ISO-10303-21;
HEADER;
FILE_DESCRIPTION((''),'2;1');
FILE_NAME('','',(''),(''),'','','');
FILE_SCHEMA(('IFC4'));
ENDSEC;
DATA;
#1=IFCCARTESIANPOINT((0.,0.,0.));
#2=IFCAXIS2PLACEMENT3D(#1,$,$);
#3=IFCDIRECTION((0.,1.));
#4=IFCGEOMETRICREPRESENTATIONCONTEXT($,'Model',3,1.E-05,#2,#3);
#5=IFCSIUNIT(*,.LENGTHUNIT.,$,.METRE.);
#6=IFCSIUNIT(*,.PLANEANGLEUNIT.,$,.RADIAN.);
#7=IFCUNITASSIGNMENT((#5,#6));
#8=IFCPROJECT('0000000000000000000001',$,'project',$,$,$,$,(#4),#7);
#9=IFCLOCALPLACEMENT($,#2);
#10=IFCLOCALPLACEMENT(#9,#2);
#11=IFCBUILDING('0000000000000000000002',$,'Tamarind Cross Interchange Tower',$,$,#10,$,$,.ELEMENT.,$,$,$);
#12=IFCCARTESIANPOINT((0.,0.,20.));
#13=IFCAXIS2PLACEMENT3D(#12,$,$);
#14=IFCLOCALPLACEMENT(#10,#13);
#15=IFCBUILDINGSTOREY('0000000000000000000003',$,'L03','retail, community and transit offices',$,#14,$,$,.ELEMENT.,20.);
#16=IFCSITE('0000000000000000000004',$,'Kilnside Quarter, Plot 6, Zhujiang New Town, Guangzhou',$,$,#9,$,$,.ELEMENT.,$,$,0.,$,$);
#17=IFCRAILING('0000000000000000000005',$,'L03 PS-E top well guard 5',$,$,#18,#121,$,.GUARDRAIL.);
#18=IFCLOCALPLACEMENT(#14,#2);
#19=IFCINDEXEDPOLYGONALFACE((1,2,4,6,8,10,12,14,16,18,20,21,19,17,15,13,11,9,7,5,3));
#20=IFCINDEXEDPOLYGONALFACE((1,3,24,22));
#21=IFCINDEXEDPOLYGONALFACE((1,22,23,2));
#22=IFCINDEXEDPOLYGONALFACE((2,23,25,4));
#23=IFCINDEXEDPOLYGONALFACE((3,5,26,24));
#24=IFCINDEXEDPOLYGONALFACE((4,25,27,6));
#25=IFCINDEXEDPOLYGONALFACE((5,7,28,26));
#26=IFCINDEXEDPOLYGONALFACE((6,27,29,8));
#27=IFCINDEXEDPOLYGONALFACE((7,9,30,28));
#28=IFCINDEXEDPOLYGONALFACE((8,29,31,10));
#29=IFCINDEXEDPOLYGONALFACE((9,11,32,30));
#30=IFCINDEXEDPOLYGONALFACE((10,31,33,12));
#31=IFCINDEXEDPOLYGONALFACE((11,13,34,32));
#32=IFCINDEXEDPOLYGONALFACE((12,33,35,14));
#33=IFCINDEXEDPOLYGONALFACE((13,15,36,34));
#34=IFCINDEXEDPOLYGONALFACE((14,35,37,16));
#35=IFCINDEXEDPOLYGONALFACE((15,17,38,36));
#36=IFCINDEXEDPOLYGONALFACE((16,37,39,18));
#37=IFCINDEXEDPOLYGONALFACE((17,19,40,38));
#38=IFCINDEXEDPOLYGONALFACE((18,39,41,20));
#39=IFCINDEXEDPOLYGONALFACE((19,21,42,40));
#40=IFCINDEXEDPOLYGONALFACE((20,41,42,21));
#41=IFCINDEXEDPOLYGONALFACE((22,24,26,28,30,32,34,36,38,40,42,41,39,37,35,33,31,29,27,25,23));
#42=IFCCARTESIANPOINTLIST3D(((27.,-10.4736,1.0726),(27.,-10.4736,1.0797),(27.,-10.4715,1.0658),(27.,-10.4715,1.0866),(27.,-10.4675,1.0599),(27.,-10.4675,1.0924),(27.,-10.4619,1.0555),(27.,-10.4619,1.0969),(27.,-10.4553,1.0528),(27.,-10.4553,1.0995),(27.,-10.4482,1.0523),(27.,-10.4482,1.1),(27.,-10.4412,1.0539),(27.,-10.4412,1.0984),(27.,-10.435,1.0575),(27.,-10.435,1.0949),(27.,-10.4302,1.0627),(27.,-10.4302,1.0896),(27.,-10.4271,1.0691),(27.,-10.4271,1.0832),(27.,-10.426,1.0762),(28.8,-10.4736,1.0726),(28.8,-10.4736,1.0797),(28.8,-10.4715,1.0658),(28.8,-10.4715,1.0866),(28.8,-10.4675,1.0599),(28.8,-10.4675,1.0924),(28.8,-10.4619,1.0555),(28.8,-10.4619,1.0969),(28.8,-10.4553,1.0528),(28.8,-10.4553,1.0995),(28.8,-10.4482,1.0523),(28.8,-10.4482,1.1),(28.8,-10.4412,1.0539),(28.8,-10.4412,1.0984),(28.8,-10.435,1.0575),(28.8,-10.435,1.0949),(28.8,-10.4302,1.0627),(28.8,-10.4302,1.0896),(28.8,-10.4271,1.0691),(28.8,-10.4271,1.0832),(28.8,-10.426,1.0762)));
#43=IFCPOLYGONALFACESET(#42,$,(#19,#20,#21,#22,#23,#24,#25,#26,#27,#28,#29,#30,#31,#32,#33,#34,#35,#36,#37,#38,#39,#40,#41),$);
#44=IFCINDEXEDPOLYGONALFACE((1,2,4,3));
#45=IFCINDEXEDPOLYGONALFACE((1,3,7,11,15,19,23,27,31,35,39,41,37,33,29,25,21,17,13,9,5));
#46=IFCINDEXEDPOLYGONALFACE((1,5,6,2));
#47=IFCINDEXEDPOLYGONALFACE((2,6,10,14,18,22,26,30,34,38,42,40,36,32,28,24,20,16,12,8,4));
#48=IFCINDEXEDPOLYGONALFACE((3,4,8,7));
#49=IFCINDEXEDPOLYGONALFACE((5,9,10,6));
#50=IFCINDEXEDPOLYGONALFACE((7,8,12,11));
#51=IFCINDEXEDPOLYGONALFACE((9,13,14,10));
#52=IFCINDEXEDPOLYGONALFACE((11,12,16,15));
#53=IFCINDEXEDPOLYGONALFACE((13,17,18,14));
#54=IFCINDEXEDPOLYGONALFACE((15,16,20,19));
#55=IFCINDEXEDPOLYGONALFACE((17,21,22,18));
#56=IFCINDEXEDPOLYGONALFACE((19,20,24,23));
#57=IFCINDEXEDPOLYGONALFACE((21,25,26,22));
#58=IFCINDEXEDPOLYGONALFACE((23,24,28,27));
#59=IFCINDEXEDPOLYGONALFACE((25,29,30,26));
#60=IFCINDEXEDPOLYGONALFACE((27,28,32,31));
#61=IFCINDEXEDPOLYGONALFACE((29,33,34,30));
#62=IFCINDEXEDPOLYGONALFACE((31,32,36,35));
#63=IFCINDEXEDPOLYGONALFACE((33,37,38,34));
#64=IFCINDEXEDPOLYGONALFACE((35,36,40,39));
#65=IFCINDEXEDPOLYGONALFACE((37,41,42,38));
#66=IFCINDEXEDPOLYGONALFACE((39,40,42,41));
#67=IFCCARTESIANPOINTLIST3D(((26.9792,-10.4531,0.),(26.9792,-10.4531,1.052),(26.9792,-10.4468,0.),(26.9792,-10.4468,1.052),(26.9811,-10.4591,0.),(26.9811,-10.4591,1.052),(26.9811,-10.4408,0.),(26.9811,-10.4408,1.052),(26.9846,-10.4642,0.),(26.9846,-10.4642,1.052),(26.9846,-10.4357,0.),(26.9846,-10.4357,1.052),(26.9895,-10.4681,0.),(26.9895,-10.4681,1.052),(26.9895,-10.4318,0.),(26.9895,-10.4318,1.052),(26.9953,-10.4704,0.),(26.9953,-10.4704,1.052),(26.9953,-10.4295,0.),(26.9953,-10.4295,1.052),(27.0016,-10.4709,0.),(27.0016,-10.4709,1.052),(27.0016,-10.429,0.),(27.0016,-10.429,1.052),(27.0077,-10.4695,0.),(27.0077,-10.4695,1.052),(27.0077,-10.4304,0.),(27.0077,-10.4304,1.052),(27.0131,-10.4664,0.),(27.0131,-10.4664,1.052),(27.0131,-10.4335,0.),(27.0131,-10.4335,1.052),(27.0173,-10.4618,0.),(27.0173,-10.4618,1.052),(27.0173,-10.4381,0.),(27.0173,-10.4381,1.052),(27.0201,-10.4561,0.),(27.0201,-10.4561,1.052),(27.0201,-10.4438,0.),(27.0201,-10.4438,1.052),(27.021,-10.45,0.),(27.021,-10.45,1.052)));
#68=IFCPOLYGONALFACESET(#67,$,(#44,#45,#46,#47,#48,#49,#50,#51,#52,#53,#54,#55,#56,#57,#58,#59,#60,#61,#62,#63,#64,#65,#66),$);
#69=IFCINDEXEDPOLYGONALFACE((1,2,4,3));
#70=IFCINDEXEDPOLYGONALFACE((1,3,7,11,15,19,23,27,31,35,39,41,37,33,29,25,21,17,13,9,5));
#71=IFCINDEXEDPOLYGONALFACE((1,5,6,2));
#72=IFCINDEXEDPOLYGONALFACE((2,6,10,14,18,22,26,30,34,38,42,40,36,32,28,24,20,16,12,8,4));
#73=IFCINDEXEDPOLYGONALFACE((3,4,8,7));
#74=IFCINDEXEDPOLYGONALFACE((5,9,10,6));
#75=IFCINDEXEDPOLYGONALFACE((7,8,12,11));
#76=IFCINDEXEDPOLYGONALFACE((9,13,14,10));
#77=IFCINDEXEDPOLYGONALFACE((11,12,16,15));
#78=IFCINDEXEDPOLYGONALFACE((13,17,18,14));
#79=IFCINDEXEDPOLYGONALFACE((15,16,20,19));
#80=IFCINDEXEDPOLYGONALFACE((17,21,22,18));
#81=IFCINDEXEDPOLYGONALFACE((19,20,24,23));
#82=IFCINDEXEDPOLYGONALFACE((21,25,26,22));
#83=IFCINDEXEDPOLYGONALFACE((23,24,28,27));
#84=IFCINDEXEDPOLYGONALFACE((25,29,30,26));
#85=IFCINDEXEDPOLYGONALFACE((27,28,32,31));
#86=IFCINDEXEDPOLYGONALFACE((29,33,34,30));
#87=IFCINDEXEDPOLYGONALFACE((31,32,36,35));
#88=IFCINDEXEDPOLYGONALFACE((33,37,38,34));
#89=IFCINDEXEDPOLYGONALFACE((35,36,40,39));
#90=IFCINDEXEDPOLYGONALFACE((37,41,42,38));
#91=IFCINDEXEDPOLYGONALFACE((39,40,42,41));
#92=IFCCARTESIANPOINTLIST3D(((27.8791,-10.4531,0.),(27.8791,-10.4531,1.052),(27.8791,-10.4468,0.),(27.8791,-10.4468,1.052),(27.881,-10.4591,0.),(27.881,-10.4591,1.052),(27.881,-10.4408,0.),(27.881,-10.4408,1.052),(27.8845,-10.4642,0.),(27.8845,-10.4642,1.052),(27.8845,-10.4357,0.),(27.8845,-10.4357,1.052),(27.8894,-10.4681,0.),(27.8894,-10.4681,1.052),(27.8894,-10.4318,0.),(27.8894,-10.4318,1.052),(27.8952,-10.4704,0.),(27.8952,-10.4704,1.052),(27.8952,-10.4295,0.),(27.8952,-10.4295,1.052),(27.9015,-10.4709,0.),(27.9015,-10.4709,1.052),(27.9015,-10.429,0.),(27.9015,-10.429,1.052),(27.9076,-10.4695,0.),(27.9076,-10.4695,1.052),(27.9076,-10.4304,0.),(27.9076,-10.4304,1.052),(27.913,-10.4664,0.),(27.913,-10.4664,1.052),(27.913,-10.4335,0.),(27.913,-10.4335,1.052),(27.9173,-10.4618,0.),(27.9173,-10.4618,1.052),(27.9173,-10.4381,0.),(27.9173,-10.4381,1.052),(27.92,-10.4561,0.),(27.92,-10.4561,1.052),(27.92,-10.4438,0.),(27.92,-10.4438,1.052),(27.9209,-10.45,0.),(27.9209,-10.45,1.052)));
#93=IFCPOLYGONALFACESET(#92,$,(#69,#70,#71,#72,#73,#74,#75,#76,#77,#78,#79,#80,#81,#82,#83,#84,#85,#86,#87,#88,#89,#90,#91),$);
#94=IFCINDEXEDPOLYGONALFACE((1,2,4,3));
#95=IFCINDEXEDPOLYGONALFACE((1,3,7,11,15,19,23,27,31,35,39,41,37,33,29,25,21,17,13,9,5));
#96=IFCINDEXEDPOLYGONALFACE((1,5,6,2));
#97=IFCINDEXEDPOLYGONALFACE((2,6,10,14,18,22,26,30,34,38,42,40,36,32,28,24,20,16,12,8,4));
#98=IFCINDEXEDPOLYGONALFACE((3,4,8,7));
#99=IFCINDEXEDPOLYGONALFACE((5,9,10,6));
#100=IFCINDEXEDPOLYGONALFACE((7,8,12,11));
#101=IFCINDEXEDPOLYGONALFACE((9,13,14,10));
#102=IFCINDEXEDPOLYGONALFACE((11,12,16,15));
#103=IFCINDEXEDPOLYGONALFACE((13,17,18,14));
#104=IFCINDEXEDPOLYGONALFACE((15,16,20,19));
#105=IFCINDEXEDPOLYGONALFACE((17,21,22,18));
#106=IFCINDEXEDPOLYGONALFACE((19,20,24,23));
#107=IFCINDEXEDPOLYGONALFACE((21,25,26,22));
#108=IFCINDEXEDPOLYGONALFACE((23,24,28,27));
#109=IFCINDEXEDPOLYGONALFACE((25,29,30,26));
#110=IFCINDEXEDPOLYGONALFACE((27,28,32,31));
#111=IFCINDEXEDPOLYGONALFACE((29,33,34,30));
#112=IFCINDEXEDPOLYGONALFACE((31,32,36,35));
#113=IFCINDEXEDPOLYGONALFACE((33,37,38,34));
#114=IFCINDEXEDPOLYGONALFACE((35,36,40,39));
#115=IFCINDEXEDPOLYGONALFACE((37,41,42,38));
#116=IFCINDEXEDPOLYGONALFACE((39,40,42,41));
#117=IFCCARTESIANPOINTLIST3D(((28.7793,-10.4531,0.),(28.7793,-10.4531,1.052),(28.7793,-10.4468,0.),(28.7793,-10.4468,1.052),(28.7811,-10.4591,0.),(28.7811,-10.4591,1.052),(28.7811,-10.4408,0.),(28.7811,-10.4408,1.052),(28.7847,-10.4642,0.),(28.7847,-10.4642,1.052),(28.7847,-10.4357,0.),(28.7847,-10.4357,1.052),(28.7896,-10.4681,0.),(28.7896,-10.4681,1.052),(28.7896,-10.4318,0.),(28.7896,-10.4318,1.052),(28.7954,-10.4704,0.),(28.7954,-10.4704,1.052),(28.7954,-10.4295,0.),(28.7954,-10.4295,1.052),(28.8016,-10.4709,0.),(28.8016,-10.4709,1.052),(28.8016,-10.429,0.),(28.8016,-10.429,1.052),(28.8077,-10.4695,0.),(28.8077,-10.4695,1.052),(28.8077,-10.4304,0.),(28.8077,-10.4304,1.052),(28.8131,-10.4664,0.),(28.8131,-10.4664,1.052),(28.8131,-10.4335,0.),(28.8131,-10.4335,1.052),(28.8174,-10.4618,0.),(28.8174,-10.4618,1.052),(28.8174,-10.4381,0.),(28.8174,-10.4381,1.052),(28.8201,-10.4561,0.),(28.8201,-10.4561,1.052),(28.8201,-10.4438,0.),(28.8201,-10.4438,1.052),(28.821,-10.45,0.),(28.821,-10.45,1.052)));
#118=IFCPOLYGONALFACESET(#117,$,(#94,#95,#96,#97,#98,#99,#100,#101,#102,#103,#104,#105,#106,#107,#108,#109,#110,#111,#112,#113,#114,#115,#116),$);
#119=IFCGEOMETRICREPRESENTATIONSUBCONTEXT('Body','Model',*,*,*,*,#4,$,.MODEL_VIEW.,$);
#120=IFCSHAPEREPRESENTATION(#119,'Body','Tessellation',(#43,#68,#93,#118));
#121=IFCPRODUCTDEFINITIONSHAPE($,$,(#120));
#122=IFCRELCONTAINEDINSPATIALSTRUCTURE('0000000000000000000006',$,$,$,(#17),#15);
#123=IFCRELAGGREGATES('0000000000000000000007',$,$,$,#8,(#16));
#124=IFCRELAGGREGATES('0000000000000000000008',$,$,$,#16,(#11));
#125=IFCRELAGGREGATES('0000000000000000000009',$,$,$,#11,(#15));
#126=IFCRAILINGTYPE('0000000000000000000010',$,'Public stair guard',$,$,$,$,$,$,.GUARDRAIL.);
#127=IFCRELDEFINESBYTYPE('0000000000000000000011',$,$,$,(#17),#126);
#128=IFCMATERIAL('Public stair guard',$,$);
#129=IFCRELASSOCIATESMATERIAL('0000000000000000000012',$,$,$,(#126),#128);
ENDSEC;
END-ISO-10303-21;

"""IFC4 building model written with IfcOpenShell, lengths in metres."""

from ifc_helpers import new_model, si_unit, direction, frame, origin, origin_2d, place, context, subcontext, project, spatial, circle, extrude, material, type_object, element, save


model = new_model("IFC4")

# Units and contexts
model_context = context("Model", 3, precision=1e-05, world=origin(), true_north=direction((0.0, 1.0)))
body_context = subcontext(model_context, "Body", "Model", "MODEL_VIEW")
ifc_project = project(units=[si_unit("LENGTHUNIT", "METRE"), si_unit("PLANEANGLEUNIT", "RADIAN")], contexts=[model_context])

# Site, building, storey
site_placement = place(None, origin())
site = spatial("IfcSite", under=ifc_project, at=site_placement, Name="Kilnside Quarter, Plot 6, Zhujiang New Town, Guangzhou", CompositionType="ELEMENT", RefElevation=0.0)
building_placement = place(site_placement, origin())
building = spatial("IfcBuilding", under=site, at=building_placement, Name="Tamarind Cross Interchange Tower", CompositionType="ELEMENT")
storey_placement = place(building_placement, frame((0.0, 0.0, 20.0)))
storey = spatial("IfcBuildingStorey", under=building, at=storey_placement, Name="L03", Description="retail, community and transit offices", CompositionType="ELEMENT", Elevation=20.0)

# Railing
ifc_material_1 = material(Name="Public stair guard")
railing_type = type_object("IfcRailingType", Name="Public stair guard", PredefinedType="GUARDRAIL", material=ifc_material_1)
railing_placement = place(storey_placement, frame((27.0, -10.45, 0.0)))
element("IfcRailing", 1, at=railing_placement, inside=storey, type_object=railing_type, Name="L03 PS-E top well guard 5", PredefinedType="GUARDRAIL", context=body_context, shape_type="SweptSolid", body=[
    extrude(circle(Radius=0.0239, at=origin_2d()), frame((0.0, 0.0, 1.0762), z_axis=(1.0, 0.0, 0.0), x_axis=(0.0, 1.0, 0.0)), (0.0, 0.0, 1.0), 1.8),
    extrude(circle(Radius=0.021, at=origin_2d()), origin(), (0.0, 0.0, 1.0), 1.052),
    extrude(circle(Radius=0.021, at=origin_2d()), frame((0.8999, 0.0, 0.0)), (0.0, 0.0, 1.0), 1.052),
    extrude(circle(Radius=0.021, at=origin_2d()), frame((1.8, 0.0, 0.0)), (0.0, 0.0, 1.0), 1.052),
])

save(model, "model.ifc")
